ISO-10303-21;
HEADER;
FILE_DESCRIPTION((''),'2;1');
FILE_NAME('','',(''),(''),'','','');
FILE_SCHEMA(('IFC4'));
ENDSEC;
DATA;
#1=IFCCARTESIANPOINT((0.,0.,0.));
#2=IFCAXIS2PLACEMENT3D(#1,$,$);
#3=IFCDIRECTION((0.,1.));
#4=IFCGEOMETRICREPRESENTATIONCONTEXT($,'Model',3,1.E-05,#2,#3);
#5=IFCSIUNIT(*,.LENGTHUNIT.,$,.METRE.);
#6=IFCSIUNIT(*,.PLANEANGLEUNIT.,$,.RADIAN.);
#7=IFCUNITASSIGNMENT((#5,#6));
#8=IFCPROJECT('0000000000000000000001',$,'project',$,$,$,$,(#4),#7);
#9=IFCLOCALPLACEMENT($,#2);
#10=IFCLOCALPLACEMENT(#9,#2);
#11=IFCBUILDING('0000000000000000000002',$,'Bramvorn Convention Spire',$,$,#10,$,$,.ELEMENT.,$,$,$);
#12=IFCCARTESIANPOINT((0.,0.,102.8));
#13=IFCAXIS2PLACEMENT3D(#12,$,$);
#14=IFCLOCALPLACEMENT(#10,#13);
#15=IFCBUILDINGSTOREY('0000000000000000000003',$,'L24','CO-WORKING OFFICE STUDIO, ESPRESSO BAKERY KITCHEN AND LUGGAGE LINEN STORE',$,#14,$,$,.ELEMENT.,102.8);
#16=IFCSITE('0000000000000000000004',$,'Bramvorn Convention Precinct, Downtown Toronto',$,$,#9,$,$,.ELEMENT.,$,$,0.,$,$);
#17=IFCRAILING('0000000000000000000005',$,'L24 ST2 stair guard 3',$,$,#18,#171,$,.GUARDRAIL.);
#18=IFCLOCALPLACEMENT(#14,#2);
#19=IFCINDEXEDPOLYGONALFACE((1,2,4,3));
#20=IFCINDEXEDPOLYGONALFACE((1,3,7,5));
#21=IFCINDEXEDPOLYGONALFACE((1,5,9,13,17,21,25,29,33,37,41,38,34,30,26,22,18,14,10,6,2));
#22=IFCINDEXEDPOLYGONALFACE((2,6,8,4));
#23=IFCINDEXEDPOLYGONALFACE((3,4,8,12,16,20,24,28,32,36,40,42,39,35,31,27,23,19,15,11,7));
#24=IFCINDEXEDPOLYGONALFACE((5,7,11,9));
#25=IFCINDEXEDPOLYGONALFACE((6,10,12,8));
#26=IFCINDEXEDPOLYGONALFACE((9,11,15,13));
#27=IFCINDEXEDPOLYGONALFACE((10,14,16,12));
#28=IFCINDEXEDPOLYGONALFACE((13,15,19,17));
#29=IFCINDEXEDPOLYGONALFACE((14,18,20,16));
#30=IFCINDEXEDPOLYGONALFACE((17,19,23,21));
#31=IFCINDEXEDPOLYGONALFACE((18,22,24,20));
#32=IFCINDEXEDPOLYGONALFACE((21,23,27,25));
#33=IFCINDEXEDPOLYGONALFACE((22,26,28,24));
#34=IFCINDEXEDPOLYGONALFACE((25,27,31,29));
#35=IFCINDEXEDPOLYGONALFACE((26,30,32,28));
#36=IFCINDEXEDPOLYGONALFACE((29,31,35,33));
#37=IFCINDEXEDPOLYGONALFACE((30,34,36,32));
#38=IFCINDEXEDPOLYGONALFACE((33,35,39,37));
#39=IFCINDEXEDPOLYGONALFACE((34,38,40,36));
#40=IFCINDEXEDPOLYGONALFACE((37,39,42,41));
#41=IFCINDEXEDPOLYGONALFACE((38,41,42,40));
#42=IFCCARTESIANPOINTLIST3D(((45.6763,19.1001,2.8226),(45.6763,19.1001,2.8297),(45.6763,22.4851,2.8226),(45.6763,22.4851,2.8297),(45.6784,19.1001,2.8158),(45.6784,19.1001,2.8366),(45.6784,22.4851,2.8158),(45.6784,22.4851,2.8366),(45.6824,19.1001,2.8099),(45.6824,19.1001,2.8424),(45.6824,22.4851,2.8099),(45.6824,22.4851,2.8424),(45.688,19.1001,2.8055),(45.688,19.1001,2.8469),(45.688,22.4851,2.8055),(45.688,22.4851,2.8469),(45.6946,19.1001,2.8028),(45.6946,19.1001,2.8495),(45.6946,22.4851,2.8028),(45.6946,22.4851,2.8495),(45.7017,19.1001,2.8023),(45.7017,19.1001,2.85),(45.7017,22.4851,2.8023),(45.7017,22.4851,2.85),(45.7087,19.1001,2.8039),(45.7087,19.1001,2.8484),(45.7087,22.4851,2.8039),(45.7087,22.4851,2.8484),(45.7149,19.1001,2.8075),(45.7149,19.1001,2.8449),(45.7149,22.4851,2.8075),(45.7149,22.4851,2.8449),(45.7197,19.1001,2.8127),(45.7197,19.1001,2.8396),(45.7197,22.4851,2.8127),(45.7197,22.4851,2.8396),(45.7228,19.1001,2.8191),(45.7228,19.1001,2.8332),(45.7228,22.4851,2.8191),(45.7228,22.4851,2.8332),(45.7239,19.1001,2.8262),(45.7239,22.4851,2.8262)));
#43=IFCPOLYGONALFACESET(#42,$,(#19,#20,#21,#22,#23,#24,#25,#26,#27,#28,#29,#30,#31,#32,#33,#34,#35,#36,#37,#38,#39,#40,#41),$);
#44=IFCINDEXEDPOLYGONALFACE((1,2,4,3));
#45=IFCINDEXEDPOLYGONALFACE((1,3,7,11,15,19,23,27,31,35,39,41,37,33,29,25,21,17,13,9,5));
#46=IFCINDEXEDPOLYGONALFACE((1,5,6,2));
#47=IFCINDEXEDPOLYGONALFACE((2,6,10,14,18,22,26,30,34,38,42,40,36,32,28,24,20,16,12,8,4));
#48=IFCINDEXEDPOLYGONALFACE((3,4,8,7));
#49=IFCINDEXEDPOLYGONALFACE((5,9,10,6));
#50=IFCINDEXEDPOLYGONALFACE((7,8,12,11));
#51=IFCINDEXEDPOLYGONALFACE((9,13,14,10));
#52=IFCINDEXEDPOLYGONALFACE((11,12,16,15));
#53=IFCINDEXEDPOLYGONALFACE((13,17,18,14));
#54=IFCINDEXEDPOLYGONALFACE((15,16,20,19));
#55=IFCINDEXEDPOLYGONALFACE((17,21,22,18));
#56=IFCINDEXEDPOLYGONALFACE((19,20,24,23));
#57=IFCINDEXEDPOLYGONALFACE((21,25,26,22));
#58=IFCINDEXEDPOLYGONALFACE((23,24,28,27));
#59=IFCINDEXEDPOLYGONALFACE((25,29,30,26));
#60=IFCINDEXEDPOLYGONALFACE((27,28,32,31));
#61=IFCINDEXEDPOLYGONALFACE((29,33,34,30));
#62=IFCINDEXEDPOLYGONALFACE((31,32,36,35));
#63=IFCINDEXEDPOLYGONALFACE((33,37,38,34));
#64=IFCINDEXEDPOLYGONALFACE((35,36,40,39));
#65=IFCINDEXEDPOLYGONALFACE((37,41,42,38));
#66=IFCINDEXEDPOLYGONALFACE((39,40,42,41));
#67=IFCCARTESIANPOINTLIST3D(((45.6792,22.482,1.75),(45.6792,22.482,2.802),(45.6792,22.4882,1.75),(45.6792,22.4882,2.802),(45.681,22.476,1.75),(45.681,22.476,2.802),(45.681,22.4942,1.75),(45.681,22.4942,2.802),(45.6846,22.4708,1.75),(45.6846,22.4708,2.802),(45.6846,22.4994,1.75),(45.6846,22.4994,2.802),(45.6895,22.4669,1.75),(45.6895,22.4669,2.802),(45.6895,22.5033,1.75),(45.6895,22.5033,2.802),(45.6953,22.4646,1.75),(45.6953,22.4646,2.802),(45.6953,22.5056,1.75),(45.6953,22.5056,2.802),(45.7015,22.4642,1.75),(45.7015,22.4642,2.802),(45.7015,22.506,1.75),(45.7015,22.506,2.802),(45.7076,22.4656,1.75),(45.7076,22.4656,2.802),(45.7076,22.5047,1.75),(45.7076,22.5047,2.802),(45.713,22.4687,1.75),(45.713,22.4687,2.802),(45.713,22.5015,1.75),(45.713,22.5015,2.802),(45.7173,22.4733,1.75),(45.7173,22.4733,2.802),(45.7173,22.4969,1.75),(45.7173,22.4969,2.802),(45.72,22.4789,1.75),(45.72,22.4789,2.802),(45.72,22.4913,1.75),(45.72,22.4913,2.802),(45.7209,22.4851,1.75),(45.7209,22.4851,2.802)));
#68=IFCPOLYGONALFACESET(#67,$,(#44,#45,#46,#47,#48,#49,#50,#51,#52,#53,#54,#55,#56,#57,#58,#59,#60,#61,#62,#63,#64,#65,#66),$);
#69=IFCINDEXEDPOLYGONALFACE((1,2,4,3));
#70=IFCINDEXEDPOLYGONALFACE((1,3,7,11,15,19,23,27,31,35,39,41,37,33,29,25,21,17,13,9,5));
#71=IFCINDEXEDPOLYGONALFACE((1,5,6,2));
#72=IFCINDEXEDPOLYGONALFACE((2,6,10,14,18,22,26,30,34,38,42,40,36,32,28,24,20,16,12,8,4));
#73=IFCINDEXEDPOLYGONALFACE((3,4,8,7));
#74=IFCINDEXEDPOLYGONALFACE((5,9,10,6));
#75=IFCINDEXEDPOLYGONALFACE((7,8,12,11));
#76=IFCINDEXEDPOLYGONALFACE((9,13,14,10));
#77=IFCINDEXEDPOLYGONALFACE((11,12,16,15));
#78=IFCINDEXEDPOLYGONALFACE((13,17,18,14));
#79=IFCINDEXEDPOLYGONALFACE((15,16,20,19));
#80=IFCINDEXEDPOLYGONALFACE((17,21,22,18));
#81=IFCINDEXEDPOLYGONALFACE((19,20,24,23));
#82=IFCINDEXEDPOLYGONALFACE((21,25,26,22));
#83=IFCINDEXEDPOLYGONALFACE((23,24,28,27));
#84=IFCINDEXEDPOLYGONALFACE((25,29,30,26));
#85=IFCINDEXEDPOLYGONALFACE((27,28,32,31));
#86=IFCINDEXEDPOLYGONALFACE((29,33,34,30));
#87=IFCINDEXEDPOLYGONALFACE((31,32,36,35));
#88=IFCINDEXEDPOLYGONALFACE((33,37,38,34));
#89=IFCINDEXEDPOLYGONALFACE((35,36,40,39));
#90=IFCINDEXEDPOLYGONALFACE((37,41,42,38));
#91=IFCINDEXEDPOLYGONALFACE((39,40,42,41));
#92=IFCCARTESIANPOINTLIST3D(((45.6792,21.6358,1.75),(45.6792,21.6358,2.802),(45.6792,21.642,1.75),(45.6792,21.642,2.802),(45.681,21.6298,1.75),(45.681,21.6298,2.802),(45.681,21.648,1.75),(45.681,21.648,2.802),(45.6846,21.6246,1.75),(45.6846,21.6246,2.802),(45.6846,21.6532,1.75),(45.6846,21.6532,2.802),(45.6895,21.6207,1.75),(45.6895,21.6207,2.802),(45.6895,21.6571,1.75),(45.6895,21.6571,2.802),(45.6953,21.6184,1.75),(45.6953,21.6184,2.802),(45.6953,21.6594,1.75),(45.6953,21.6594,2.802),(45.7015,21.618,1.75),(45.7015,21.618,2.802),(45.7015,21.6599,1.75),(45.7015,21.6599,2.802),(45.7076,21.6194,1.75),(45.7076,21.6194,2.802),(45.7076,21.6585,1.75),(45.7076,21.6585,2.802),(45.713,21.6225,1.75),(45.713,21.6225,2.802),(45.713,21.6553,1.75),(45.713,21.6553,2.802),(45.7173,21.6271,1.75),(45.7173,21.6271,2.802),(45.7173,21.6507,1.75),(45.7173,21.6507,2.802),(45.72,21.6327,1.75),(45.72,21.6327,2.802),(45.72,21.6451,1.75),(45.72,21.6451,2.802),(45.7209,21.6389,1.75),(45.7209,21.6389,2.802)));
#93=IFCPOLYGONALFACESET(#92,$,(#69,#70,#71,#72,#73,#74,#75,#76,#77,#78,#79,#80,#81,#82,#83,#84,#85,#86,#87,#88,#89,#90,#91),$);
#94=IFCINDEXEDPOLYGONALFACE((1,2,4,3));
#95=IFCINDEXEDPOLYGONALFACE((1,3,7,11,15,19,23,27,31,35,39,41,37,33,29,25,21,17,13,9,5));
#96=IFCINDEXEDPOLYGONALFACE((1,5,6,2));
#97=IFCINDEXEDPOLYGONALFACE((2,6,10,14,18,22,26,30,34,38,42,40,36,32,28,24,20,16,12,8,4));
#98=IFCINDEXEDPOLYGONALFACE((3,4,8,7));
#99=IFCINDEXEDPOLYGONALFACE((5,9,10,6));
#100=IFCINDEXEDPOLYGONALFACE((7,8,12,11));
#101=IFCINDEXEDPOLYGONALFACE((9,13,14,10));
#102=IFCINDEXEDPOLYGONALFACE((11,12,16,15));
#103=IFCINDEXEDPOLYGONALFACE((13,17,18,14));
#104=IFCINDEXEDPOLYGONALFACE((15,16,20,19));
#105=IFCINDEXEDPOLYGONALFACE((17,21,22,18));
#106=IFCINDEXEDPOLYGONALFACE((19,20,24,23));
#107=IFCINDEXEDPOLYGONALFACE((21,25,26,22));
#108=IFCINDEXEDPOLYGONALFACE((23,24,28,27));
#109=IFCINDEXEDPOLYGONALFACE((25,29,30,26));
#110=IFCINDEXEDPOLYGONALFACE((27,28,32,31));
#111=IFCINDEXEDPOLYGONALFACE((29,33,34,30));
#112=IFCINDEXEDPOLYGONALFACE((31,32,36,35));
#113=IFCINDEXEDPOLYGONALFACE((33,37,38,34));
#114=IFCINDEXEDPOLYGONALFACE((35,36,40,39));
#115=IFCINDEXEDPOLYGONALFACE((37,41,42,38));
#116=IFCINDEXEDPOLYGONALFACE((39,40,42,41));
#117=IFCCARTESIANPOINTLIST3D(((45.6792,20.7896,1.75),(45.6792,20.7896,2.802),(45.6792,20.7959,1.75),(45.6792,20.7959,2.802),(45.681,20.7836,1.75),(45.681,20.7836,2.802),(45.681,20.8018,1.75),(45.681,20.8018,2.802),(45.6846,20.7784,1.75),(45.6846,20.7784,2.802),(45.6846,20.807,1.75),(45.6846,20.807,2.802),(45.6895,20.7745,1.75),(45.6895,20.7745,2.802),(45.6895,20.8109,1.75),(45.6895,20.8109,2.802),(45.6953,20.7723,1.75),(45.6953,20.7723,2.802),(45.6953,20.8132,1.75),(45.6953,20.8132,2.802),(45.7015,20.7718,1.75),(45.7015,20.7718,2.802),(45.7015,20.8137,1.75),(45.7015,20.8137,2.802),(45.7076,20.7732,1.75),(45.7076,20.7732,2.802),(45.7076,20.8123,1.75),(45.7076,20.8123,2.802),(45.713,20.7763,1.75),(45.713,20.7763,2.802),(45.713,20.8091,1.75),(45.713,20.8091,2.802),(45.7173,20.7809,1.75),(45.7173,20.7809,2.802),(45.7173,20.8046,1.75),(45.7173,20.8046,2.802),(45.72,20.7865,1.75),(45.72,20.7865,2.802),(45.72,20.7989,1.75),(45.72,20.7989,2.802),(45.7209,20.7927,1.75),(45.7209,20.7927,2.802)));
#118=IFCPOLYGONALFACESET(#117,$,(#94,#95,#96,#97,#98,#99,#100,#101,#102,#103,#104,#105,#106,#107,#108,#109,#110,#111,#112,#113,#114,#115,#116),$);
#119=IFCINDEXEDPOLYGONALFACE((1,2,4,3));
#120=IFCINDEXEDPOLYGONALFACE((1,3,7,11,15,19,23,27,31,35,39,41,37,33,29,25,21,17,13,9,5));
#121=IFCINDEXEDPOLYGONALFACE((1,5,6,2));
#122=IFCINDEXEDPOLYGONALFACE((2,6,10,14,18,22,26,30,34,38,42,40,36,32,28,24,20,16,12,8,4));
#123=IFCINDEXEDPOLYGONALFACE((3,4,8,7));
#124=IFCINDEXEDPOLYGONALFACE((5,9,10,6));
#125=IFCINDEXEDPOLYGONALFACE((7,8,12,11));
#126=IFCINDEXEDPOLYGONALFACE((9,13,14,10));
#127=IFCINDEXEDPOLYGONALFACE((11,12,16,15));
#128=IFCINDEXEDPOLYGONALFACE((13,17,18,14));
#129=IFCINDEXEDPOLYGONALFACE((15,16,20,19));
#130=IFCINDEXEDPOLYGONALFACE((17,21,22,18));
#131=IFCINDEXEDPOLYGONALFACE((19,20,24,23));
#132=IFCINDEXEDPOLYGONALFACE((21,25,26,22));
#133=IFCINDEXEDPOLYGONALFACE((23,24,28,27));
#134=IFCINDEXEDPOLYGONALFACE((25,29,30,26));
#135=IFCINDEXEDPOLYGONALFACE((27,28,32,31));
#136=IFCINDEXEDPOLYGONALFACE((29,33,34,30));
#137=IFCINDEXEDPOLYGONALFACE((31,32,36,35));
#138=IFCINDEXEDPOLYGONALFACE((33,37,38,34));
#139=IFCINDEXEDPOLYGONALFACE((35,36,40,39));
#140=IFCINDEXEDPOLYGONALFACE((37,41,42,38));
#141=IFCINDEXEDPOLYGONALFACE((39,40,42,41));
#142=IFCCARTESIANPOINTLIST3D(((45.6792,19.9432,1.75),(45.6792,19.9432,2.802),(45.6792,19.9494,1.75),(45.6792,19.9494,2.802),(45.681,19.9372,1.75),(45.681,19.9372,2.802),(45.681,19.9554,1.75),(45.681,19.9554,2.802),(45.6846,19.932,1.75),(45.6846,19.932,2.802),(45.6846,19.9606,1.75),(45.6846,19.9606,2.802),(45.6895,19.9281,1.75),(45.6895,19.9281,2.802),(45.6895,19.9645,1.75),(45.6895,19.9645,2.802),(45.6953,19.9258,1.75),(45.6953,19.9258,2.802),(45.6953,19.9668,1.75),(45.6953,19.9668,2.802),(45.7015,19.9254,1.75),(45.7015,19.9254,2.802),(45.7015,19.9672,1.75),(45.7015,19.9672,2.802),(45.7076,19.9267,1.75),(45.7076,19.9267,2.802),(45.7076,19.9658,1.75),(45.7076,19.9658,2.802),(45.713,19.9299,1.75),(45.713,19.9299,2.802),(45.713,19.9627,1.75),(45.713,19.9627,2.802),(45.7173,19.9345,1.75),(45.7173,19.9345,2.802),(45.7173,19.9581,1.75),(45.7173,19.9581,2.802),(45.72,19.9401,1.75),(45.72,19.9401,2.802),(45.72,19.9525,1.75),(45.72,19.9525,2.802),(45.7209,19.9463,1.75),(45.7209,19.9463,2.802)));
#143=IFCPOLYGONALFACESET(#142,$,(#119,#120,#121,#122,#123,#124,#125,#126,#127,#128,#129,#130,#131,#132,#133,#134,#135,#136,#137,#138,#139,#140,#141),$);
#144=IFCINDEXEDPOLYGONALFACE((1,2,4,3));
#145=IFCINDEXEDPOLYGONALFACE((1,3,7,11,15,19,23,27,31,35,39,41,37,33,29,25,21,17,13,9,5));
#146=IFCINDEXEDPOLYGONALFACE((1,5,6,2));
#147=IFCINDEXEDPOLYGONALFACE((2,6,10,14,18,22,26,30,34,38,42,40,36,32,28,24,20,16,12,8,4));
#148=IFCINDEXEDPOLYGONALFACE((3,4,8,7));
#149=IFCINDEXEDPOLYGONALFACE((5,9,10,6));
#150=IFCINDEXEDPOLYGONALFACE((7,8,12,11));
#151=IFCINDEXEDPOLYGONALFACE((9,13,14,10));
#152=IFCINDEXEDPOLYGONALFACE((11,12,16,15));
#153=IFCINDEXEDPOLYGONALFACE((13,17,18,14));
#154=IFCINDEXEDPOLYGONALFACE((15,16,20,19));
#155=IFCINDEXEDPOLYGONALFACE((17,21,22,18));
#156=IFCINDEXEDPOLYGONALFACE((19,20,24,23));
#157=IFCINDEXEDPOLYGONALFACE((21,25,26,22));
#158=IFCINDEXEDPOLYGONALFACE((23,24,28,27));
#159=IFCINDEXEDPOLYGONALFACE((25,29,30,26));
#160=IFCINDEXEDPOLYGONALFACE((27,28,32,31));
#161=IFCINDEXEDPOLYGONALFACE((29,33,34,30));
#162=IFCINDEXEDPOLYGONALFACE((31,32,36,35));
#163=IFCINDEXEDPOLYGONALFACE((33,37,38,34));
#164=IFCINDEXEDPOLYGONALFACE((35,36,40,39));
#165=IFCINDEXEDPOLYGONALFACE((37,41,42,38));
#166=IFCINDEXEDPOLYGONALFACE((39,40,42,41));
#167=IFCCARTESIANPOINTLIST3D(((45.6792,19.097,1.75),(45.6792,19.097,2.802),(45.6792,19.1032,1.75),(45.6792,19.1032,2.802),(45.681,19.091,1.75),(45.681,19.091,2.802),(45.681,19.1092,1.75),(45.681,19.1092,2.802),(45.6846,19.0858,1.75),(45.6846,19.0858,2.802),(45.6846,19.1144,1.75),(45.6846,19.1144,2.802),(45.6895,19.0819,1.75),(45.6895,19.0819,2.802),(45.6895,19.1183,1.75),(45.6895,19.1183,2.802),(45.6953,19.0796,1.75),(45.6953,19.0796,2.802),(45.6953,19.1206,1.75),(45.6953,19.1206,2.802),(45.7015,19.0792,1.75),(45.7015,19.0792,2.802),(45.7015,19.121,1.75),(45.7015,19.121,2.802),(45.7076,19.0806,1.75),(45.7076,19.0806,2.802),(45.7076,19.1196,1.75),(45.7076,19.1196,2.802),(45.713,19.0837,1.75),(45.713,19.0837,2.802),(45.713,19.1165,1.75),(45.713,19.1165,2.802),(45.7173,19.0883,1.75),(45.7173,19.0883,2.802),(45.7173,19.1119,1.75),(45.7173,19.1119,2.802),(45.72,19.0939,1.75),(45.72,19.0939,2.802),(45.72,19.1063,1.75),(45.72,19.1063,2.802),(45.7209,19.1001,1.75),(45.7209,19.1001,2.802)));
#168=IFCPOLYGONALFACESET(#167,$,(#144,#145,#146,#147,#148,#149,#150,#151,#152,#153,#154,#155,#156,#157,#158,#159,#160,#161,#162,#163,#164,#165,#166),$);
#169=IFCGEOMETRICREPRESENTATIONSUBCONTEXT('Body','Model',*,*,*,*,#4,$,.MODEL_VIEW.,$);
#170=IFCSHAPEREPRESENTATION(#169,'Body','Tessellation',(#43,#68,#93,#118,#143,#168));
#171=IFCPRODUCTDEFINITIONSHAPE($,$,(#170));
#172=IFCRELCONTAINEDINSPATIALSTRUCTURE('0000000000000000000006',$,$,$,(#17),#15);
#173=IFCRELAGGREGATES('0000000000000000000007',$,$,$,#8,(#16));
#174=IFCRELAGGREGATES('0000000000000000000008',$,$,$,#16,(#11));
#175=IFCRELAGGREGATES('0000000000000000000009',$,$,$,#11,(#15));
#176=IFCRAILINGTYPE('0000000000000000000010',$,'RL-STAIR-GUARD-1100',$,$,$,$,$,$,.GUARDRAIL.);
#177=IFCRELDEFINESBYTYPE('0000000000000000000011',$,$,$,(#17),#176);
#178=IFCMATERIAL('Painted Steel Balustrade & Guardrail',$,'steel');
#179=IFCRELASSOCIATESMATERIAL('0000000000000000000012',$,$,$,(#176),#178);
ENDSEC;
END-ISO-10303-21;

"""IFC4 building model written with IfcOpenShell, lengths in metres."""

from ifc_helpers import new_model, si_unit, direction, frame, origin, origin_2d, place, context, subcontext, project, spatial, circle, extrude, material, type_object, element, save


model = new_model("IFC4")

# Units and contexts
model_context = context("Model", 3, precision=1e-05, world=origin(), true_north=direction((0.0, 1.0)))
body_context = subcontext(model_context, "Body", "Model", "MODEL_VIEW")
ifc_project = project(units=[si_unit("LENGTHUNIT", "METRE"), si_unit("PLANEANGLEUNIT", "RADIAN")], contexts=[model_context])

# Site, building, storey
site_placement = place(None, origin())
site = spatial("IfcSite", under=ifc_project, at=site_placement, Name="Bramvorn Convention Precinct, Downtown Toronto", CompositionType="ELEMENT", RefElevation=0.0)
building_placement = place(site_placement, origin())
building = spatial("IfcBuilding", under=site, at=building_placement, Name="Bramvorn Convention Spire", CompositionType="ELEMENT")
storey_placement = place(building_placement, frame((0.0, 0.0, 102.8)))
storey = spatial("IfcBuildingStorey", under=building, at=storey_placement, Name="L24", Description="CO-WORKING OFFICE STUDIO, ESPRESSO BAKERY KITCHEN AND LUGGAGE LINEN STORE", CompositionType="ELEMENT", Elevation=102.8)

# Railing
ifc_material_1 = material(Name="Painted Steel Balustrade & Guardrail", Category="steel")
railing_type = type_object("IfcRailingType", Name="RL-STAIR-GUARD-1100", PredefinedType="GUARDRAIL", material=ifc_material_1)
for number, where, name in (
    (1, (45.7, 22.4851, 1.75), "L24 ST2 stair guard 3"),
):
    element("IfcRailing", number, at=place(storey_placement, frame(where)), inside=storey, type_object=railing_type, Name=name, PredefinedType="GUARDRAIL", context=body_context, shape_type="SweptSolid", body=[
        extrude(circle(Radius=0.0239, at=origin_2d()), frame((0.0, 0.0, 1.0762), z_axis=(0.0, -1.0, 0.0), x_axis=(1.0, 0.0, 0.0)), (0.0, 0.0, 1.0), 3.385),
        extrude(circle(Radius=0.021, at=origin_2d()), origin(), (0.0, 0.0, 1.0), 1.052),
        extrude(circle(Radius=0.021, at=origin_2d()), frame((0.0, -0.8462, 0.0)), (0.0, 0.0, 1.0), 1.052),
        extrude(circle(Radius=0.021, at=origin_2d()), frame((0.0, -1.6924, 0.0)), (0.0, 0.0, 1.0), 1.052),
        extrude(circle(Radius=0.021, at=origin_2d()), frame((0.0, -2.5388, 0.0)), (0.0, 0.0, 1.0), 1.052),
        extrude(circle(Radius=0.021, at=origin_2d()), frame((0.0, -3.385, 0.0)), (0.0, 0.0, 1.0), 1.052),
    ])

save(model, "model.ifc")
